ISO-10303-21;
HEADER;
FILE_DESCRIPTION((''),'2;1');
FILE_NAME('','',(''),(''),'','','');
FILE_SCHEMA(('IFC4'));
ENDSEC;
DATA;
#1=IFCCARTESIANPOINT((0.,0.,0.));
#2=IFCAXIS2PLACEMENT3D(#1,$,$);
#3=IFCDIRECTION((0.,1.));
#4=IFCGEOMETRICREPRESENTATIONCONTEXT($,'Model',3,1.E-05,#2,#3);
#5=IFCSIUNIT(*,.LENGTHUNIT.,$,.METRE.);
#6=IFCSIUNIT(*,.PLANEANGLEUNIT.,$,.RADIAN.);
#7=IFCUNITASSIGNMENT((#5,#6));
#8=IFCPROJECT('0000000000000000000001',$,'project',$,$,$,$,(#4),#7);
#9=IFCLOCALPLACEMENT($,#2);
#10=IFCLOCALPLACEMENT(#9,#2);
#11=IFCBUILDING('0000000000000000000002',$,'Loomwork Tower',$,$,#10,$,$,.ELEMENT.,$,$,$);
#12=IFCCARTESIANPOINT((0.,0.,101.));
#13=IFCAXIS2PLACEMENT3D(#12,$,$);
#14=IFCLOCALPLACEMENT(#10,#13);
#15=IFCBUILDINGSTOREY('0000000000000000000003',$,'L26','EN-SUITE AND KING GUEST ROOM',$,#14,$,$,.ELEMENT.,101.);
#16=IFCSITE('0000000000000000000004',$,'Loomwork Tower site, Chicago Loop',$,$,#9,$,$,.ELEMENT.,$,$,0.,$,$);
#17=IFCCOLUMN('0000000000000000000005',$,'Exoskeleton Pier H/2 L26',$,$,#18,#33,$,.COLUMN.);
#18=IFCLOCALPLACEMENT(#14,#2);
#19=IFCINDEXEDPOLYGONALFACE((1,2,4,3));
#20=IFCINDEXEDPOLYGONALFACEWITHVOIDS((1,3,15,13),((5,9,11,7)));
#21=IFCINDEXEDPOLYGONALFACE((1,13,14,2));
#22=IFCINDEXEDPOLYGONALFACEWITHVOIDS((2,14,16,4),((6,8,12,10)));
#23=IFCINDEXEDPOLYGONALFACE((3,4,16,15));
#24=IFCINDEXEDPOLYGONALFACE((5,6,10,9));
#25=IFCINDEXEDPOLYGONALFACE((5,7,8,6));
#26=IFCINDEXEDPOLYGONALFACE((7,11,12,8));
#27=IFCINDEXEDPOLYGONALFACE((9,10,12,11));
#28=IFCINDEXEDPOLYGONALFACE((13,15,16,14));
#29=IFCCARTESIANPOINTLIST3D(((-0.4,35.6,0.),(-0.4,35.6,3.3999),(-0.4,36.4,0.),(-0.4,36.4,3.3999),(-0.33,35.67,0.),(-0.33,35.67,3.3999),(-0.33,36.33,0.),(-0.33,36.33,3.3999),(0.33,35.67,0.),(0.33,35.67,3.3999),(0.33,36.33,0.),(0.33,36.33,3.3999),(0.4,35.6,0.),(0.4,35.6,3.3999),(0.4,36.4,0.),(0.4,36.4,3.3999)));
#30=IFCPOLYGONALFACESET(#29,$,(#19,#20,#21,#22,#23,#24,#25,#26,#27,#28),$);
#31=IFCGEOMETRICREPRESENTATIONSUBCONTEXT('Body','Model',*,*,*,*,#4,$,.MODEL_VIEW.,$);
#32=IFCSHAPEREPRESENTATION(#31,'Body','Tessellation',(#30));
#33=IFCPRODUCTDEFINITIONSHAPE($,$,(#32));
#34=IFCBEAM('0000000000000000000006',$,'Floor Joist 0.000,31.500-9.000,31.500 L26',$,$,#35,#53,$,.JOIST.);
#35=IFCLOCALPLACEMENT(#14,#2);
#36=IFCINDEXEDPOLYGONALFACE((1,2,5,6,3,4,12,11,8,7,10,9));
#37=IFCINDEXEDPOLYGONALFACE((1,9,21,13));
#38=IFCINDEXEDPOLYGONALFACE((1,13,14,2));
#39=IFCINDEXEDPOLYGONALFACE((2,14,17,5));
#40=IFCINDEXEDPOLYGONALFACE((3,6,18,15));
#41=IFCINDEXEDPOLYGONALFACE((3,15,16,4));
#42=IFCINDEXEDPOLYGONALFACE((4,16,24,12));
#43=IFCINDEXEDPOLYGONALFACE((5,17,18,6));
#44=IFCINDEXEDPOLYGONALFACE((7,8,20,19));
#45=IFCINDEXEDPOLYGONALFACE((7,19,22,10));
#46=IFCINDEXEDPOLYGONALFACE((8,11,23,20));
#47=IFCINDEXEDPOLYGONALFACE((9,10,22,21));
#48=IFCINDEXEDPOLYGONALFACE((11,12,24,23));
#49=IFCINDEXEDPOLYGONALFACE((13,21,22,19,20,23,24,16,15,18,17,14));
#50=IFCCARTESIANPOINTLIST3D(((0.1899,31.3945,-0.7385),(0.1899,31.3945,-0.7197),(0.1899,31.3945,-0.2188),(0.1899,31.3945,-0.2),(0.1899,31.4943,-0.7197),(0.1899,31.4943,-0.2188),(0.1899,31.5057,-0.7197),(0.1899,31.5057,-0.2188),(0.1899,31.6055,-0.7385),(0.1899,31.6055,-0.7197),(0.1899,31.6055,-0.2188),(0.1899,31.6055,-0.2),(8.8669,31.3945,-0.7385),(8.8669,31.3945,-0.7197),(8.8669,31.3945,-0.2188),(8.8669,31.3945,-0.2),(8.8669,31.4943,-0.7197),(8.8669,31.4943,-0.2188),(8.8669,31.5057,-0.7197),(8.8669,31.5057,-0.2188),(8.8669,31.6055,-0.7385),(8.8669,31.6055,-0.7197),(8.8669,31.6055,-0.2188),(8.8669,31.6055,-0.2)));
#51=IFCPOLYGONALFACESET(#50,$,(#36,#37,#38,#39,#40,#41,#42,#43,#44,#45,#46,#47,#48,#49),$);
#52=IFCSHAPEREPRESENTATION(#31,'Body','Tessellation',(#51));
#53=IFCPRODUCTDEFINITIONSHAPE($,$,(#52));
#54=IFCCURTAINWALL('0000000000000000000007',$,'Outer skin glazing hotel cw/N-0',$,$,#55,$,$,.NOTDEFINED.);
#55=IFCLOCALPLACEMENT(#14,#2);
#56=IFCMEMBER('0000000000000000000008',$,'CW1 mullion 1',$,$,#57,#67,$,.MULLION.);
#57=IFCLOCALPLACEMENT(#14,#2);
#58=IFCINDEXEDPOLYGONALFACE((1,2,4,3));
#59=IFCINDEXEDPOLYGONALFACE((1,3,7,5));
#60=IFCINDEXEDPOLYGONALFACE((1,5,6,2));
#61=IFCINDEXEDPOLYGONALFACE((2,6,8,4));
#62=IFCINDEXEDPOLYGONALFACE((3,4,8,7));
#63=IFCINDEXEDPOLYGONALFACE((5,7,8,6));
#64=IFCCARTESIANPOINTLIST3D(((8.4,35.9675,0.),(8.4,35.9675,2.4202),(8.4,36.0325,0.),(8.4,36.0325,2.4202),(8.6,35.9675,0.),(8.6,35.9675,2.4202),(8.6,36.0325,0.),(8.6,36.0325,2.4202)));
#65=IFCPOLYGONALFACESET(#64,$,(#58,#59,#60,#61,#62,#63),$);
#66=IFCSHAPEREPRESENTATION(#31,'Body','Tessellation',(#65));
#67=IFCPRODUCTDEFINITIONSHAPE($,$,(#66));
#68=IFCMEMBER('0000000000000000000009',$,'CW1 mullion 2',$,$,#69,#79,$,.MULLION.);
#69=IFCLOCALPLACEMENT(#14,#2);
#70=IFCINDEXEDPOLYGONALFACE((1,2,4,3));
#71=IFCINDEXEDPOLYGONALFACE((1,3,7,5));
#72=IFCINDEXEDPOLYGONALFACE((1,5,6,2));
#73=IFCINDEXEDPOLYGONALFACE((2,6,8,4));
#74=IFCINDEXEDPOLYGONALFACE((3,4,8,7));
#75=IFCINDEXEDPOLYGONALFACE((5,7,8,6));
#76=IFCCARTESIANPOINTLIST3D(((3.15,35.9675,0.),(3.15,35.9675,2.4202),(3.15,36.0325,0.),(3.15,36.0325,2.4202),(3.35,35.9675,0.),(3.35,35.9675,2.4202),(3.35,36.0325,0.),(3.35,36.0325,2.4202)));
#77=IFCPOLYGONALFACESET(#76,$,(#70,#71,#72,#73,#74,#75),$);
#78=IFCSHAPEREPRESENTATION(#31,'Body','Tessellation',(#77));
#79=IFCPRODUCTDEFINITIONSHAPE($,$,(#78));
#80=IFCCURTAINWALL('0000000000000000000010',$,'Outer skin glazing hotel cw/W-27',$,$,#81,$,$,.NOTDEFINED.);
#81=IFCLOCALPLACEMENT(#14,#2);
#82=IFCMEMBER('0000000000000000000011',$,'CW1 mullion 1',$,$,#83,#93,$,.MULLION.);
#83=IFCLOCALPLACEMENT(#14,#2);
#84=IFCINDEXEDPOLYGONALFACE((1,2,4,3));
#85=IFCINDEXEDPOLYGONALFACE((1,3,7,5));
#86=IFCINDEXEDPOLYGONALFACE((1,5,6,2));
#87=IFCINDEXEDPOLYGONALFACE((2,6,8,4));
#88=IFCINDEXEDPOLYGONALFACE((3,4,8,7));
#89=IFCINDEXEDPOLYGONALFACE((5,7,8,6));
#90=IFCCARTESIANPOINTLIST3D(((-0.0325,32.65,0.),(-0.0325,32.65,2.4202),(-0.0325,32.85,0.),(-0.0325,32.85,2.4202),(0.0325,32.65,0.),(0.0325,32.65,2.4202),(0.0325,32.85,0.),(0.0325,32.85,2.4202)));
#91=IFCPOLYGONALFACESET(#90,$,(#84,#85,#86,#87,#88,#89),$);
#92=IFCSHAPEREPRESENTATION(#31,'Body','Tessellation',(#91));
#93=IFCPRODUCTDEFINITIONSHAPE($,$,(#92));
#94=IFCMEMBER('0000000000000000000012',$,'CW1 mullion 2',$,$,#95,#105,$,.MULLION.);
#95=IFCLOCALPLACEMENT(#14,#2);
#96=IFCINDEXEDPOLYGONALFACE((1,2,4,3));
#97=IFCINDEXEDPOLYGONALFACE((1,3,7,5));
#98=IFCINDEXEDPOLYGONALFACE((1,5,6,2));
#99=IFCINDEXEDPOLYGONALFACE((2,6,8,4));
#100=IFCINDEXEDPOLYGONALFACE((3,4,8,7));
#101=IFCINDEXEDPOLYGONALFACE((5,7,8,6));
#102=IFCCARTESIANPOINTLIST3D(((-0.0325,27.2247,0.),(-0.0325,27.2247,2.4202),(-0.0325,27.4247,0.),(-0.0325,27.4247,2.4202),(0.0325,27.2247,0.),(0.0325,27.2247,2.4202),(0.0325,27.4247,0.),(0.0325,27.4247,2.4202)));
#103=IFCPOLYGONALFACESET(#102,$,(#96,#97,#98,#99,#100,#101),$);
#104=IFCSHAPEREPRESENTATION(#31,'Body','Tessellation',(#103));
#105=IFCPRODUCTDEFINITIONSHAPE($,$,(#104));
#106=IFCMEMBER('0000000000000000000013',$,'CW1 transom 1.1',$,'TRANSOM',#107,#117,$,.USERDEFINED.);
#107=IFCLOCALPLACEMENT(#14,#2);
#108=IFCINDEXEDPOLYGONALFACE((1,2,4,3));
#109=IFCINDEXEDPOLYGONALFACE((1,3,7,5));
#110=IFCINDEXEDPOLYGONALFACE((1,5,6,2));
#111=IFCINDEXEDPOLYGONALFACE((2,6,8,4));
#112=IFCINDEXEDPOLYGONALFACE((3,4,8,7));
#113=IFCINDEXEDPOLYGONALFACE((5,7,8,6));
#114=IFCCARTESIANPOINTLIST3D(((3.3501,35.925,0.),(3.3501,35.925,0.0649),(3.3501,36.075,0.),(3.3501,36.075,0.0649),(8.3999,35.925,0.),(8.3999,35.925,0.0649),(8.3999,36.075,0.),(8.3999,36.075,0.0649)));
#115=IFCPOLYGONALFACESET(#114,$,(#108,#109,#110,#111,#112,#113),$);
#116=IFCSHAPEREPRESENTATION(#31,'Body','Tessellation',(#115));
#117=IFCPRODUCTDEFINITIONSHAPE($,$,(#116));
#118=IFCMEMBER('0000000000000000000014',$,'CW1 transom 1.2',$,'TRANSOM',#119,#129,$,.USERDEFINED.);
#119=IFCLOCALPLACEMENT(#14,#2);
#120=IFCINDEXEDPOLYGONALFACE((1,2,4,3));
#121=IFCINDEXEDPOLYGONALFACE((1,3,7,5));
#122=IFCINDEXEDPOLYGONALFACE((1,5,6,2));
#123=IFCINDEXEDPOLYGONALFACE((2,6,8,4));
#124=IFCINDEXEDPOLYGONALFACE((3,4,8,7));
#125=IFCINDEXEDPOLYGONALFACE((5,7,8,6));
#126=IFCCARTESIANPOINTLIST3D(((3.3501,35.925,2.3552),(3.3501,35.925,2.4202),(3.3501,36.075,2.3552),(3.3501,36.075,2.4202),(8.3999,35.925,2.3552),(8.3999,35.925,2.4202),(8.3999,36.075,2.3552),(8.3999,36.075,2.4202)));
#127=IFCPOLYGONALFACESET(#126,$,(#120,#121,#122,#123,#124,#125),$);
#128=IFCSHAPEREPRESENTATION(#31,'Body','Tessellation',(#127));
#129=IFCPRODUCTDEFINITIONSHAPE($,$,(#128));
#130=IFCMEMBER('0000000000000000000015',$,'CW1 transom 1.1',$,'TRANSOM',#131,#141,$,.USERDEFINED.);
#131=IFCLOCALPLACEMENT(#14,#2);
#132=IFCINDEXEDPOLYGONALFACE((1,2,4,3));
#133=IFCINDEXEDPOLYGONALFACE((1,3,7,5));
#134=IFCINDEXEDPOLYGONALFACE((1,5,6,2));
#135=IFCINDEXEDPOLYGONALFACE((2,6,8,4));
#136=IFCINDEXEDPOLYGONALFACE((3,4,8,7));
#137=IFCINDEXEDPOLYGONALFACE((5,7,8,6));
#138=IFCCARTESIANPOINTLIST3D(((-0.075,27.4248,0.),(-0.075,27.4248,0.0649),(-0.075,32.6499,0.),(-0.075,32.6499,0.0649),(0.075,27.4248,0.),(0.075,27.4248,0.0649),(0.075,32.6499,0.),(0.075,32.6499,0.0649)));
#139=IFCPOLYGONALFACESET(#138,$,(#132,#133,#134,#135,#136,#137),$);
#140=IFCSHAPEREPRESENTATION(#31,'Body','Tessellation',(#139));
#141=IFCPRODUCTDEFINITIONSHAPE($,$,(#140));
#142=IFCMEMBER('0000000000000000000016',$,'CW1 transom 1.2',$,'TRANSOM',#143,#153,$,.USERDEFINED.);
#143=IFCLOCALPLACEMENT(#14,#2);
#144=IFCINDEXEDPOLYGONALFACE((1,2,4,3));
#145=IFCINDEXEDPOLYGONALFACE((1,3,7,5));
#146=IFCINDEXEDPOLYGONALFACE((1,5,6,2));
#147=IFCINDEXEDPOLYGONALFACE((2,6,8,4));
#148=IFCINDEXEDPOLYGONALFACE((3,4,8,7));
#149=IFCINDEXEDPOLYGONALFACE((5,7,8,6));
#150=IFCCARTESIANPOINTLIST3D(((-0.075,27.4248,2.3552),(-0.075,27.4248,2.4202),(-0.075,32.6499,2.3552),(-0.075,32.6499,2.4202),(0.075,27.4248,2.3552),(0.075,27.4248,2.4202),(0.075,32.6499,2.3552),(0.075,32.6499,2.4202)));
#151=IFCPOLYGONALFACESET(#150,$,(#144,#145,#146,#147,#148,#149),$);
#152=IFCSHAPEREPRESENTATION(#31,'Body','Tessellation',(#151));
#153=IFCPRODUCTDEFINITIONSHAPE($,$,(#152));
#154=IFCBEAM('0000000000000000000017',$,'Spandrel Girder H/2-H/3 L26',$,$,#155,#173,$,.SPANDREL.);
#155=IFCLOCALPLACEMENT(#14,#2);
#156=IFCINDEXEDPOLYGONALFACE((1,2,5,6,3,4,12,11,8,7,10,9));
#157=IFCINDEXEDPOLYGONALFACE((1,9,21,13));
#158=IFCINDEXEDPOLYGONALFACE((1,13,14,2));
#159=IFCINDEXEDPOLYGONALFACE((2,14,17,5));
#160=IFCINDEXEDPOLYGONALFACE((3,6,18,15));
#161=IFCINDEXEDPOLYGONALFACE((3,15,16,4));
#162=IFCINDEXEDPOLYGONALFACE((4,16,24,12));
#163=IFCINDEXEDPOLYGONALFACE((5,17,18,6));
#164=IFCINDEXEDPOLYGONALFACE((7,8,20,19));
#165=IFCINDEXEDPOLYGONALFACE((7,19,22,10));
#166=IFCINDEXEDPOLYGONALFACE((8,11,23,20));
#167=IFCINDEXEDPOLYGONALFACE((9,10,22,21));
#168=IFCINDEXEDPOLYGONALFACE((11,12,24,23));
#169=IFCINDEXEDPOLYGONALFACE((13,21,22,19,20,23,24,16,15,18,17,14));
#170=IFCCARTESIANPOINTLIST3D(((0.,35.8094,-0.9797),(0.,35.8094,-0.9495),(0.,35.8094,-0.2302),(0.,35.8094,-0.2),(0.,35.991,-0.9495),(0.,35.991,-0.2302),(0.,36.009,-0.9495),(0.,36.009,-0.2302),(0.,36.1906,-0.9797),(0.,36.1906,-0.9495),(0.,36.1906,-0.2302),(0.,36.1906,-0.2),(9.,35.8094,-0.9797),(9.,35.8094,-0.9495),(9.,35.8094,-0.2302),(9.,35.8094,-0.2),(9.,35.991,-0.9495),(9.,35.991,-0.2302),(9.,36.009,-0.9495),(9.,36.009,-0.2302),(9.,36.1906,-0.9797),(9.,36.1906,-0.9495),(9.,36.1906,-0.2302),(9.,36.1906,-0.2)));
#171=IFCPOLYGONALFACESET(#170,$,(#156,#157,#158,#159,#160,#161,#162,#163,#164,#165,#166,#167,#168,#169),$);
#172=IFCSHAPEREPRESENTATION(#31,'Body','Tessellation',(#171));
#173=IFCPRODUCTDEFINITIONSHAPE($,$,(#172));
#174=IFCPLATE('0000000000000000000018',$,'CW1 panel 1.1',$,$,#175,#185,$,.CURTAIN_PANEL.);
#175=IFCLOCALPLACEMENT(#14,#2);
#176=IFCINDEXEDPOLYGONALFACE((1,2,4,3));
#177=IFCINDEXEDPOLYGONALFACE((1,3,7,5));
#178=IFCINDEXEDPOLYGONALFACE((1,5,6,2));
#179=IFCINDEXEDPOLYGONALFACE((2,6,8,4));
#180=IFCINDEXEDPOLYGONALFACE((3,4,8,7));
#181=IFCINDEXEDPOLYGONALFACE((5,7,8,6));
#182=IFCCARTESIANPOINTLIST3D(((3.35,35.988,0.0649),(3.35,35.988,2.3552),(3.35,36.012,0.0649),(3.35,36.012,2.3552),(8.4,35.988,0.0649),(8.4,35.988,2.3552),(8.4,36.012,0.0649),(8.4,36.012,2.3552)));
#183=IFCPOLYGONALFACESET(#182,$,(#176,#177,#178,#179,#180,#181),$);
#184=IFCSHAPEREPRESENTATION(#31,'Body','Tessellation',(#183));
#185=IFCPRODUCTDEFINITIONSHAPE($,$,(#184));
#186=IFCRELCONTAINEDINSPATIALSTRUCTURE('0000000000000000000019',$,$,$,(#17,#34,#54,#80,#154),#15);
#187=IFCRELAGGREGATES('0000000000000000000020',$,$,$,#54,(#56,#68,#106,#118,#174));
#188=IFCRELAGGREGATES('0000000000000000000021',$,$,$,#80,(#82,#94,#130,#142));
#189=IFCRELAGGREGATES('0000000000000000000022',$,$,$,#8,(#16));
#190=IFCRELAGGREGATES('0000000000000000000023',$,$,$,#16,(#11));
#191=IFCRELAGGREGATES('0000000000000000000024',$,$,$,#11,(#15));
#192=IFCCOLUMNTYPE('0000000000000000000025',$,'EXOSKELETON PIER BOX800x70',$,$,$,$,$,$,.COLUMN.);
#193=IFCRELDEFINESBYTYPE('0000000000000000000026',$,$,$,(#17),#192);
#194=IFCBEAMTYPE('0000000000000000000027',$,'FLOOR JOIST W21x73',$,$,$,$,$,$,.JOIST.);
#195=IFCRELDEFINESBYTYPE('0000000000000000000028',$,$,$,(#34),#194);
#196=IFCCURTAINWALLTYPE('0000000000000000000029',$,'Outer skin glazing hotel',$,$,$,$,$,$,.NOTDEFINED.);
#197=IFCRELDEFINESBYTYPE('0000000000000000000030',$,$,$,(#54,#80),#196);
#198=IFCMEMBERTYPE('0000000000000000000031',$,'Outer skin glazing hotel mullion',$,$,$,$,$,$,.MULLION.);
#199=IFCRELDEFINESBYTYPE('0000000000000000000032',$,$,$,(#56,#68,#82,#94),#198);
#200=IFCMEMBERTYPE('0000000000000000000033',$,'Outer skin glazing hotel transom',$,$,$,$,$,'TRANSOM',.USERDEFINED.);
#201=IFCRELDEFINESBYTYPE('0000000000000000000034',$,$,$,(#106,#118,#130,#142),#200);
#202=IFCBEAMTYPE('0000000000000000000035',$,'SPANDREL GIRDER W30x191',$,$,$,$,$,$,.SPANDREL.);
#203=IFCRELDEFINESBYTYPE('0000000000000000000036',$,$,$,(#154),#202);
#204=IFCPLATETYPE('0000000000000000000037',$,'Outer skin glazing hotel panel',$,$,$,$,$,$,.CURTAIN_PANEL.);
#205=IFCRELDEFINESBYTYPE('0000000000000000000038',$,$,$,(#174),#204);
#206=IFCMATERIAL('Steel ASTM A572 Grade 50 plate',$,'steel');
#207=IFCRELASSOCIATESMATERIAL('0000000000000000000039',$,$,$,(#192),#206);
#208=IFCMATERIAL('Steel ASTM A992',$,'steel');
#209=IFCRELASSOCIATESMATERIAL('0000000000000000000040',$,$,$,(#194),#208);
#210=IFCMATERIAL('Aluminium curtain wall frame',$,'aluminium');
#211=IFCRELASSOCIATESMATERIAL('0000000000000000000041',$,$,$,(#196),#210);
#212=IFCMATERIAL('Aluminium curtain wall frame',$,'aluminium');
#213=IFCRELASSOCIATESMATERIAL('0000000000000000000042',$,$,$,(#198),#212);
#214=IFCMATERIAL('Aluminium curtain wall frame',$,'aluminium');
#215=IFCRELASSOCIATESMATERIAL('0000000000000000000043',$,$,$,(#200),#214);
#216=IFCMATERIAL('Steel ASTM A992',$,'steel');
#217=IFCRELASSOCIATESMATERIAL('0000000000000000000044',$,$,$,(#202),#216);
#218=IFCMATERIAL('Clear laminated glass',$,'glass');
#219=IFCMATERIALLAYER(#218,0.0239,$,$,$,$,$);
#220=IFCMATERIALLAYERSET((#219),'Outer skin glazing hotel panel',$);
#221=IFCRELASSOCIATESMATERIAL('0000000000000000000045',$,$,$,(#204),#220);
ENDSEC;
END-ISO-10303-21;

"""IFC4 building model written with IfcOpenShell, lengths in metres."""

from ifc_helpers import new_model, si_unit, direction, frame, origin, origin_2d, place, context, subcontext, project, spatial, rectangle, hollow_rectangle, i_section, extrude, material, layer, layer_set, material_profile, profile_set, type_object, element, aggregate, save


model = new_model("IFC4")

# Units and contexts
model_context = context("Model", 3, precision=1e-05, world=origin(), true_north=direction((0.0, 1.0)))
body_context = subcontext(model_context, "Body", "Model", "MODEL_VIEW")
ifc_project = project(units=[si_unit("LENGTHUNIT", "METRE"), si_unit("PLANEANGLEUNIT", "RADIAN")], contexts=[model_context])

# Site, building, storey
site_placement = place(None, origin())
site = spatial("IfcSite", under=ifc_project, at=site_placement, Name="Loomwork Tower site, Chicago Loop", CompositionType="ELEMENT", RefElevation=0.0)
building_placement = place(site_placement, origin())
building = spatial("IfcBuilding", under=site, at=building_placement, Name="Loomwork Tower", CompositionType="ELEMENT")
storey_placement = place(building_placement, frame((0.0, 0.0, 101.0)))
storey = spatial("IfcBuildingStorey", under=building, at=storey_placement, Name="L26", Description="EN-SUITE AND KING GUEST ROOM", CompositionType="ELEMENT", Elevation=101.0)

# Column
ifc_material_1 = material(Name="Steel ASTM A572 Grade 50 plate", Category="steel")
ifc_material_profile_1 = material_profile(ifc_material_1, hollow_rectangle(XDim=0.8, YDim=0.8, WallThickness=0.0701, at=origin_2d()), Name="BOX800x70")
ifc_profile_set_1 = profile_set([ifc_material_profile_1], Name="Steel ASTM A572 Grade 50 plate")
column_type = type_object("IfcColumnType", Name="EXOSKELETON PIER BOX800x70", PredefinedType="COLUMN", material=ifc_profile_set_1)
column_placement = place(storey_placement, frame((0.0, 36.0, 0.0), z_axis=(0.0, 0.0, 1.0), x_axis=(1.0, 0.0, 0.0)))
element("IfcColumn", 1, at=column_placement, inside=storey, type_object=column_type, Name="Exoskeleton Pier H/2 L26", PredefinedType="COLUMN", context=body_context, shape_type="SweptSolid", body=[
    extrude(hollow_rectangle(XDim=0.8, YDim=0.8, WallThickness=0.0701, at=origin_2d()), origin(), (0.0, 0.0, 1.0), 3.3999),
])

# Beam
ifc_material_2 = material(Name="Steel ASTM A992", Category="steel")
ifc_material_profile_2 = material_profile(ifc_material_2, i_section(OverallWidth=0.2109, OverallDepth=0.5386, WebThickness=0.0115, FlangeThickness=0.0188, at=origin_2d()), Name="W21x73")
ifc_profile_set_2 = profile_set([ifc_material_profile_2], Name="Steel ASTM A992")
beam_type_1 = type_object("IfcBeamType", Name="FLOOR JOIST W21x73", PredefinedType="JOIST", material=ifc_profile_set_2)
beam_1_placement = place(storey_placement, frame((0.1899, 31.5, -0.4692), z_axis=(1.0, 0.0, 0.0), x_axis=(0.0, 1.0, 0.0)))
element("IfcBeam", 2, at=beam_1_placement, inside=storey, type_object=beam_type_1, Name="Floor Joist 0.000,31.500-9.000,31.500 L26", PredefinedType="JOIST", context=body_context, shape_type="SweptSolid", body=[
    extrude(i_section(OverallWidth=0.2109, OverallDepth=0.5386, WebThickness=0.0115, FlangeThickness=0.0188, at=origin_2d()), origin(), (0.0, 0.0, 1.0), 8.677),
])

# Curtain walls, members
ifc_material_3 = material(Name="Aluminium curtain wall frame", Category="aluminium")
curtain_wall_type = type_object("IfcCurtainWallType", Name="Outer skin glazing hotel", PredefinedType="NOTDEFINED", material=ifc_material_3)
curtain_wall_1_placement = place(storey_placement, origin())
curtain_wall_1 = element("IfcCurtainWall", 3, at=curtain_wall_1_placement, inside=storey, type_object=curtain_wall_type, Name="Outer skin glazing hotel cw/N-0", PredefinedType="NOTDEFINED")
ifc_material_4 = material(Name="Aluminium curtain wall frame", Category="aluminium")
ifc_material_profile_3 = material_profile(ifc_material_4, rectangle(XDim=0.0649, YDim=0.2, at=origin_2d()), Name="AL 65x200")
ifc_profile_set_3 = profile_set([ifc_material_profile_3], Name="Aluminium curtain wall frame")
member_type_1 = type_object("IfcMemberType", Name="Outer skin glazing hotel mullion", PredefinedType="MULLION", material=ifc_profile_set_3)
member_1_placement = place(storey_placement, frame((8.5, 36.0, 0.0), z_axis=(0.0, 0.0, 1.0), x_axis=(0.0, -1.0, 0.0)))
member_1 = element("IfcMember", 4, at=member_1_placement, type_object=member_type_1, Name="CW1 mullion 1", PredefinedType="MULLION", context=body_context, shape_type="SweptSolid", body=[
    extrude(rectangle(XDim=0.0649, YDim=0.2, at=origin_2d()), origin(), (0.0, 0.0, 1.0), 2.4202),
])
member_2_placement = place(storey_placement, frame((3.25, 36.0, 0.0), z_axis=(0.0, 0.0, 1.0), x_axis=(0.0, -1.0, 0.0)))
member_2 = element("IfcMember", 5, at=member_2_placement, type_object=member_type_1, Name="CW1 mullion 2", PredefinedType="MULLION", context=body_context, shape_type="SweptSolid", body=[
    extrude(rectangle(XDim=0.0649, YDim=0.2, at=origin_2d()), origin(), (0.0, 0.0, 1.0), 2.4202),
])
curtain_wall_2_placement = place(storey_placement, origin())
curtain_wall_2 = element("IfcCurtainWall", 6, at=curtain_wall_2_placement, inside=storey, type_object=curtain_wall_type, Name="Outer skin glazing hotel cw/W-27", PredefinedType="NOTDEFINED")
member_3_placement = place(storey_placement, frame((0.0, 32.75, 0.0), z_axis=(0.0, 0.0, 1.0), x_axis=(1.0, 0.0, 0.0)))
member_3 = element("IfcMember", 7, at=member_3_placement, type_object=member_type_1, Name="CW1 mullion 1", PredefinedType="MULLION", context=body_context, shape_type="SweptSolid", body=[
    extrude(rectangle(XDim=0.0649, YDim=0.2, at=origin_2d()), origin(), (0.0, 0.0, 1.0), 2.4202),
])
member_4_placement = place(storey_placement, frame((0.0, 27.3247, 0.0), z_axis=(0.0, 0.0, 1.0), x_axis=(1.0, 0.0, 0.0)))
member_4 = element("IfcMember", 8, at=member_4_placement, type_object=member_type_1, Name="CW1 mullion 2", PredefinedType="MULLION", context=body_context, shape_type="SweptSolid", body=[
    extrude(rectangle(XDim=0.0649, YDim=0.2, at=origin_2d()), origin(), (0.0, 0.0, 1.0), 2.4202),
])

# Members
ifc_material_5 = material(Name="Aluminium curtain wall frame", Category="aluminium")
ifc_material_profile_4 = material_profile(ifc_material_5, rectangle(XDim=0.1499, YDim=0.0649, at=origin_2d()), Name="AL 65x150")
ifc_profile_set_4 = profile_set([ifc_material_profile_4], Name="Aluminium curtain wall frame")
member_type_2 = type_object("IfcMemberType", Name="Outer skin glazing hotel transom", ElementType="TRANSOM", PredefinedType="USERDEFINED", material=ifc_profile_set_4)
member_5_placement = place(storey_placement, frame((8.3999, 36.0, 0.0325), z_axis=(-1.0, 0.0, 0.0), x_axis=(0.0, -1.0, 0.0)))
member_5 = element("IfcMember", 9, at=member_5_placement, type_object=member_type_2, Name="CW1 transom 1.1", ObjectType="TRANSOM", PredefinedType="USERDEFINED", context=body_context, shape_type="SweptSolid", body=[
    extrude(rectangle(XDim=0.1499, YDim=0.0649, at=origin_2d()), origin(), (0.0, 0.0, 1.0), 5.0498),
])
member_6_placement = place(storey_placement, frame((8.3999, 36.0, 2.3877), z_axis=(-1.0, 0.0, 0.0), x_axis=(0.0, -1.0, 0.0)))
member_6 = element("IfcMember", 10, at=member_6_placement, type_object=member_type_2, Name="CW1 transom 1.2", ObjectType="TRANSOM", PredefinedType="USERDEFINED", context=body_context, shape_type="SweptSolid", body=[
    extrude(rectangle(XDim=0.1499, YDim=0.0649, at=origin_2d()), origin(), (0.0, 0.0, 1.0), 5.0498),
])
member_7_placement = place(storey_placement, frame((0.0, 32.6499, 0.0325), z_axis=(0.0, -1.0, 0.0), x_axis=(1.0, 0.0, 0.0)))
member_7 = element("IfcMember", 11, at=member_7_placement, type_object=member_type_2, Name="CW1 transom 1.1", ObjectType="TRANSOM", PredefinedType="USERDEFINED", context=body_context, shape_type="SweptSolid", body=[
    extrude(rectangle(XDim=0.1499, YDim=0.0649, at=origin_2d()), origin(), (0.0, 0.0, 1.0), 5.2251),
])
member_8_placement = place(storey_placement, frame((0.0, 32.6499, 2.3877), z_axis=(0.0, -1.0, 0.0), x_axis=(1.0, 0.0, 0.0)))
member_8 = element("IfcMember", 12, at=member_8_placement, type_object=member_type_2, Name="CW1 transom 1.2", ObjectType="TRANSOM", PredefinedType="USERDEFINED", context=body_context, shape_type="SweptSolid", body=[
    extrude(rectangle(XDim=0.1499, YDim=0.0649, at=origin_2d()), origin(), (0.0, 0.0, 1.0), 5.2251),
])

# Beam
ifc_material_6 = material(Name="Steel ASTM A992", Category="steel")
ifc_material_profile_5 = material_profile(ifc_material_6, i_section(OverallWidth=0.3811, OverallDepth=0.7798, WebThickness=0.0181, FlangeThickness=0.0303, at=origin_2d()), Name="W30x191")
ifc_profile_set_5 = profile_set([ifc_material_profile_5], Name="Steel ASTM A992")
beam_type_2 = type_object("IfcBeamType", Name="SPANDREL GIRDER W30x191", PredefinedType="SPANDREL", material=ifc_profile_set_5)
beam_2_placement = place(storey_placement, frame((0.0, 36.0, -0.5898), z_axis=(1.0, 0.0, 0.0), x_axis=(0.0, 1.0, 0.0)))
element("IfcBeam", 13, at=beam_2_placement, inside=storey, type_object=beam_type_2, Name="Spandrel Girder H/2-H/3 L26", PredefinedType="SPANDREL", context=body_context, shape_type="SweptSolid", body=[
    extrude(i_section(OverallWidth=0.3811, OverallDepth=0.7798, WebThickness=0.0181, FlangeThickness=0.0303, at=origin_2d()), origin(), (0.0, 0.0, 1.0), 9.0),
])

# Plate
ifc_material_7 = material(Name="Clear laminated glass", Category="glass")
ifc_layer_1 = layer(ifc_material_7, 0.0239)
ifc_layer_set_1 = layer_set([ifc_layer_1], Name="Outer skin glazing hotel panel")
plate_type = type_object("IfcPlateType", Name="Outer skin glazing hotel panel", PredefinedType="CURTAIN_PANEL", material=ifc_layer_set_1)
plate_1_placement = place(storey_placement, frame((5.875, 36.0, 0.0649), z_axis=(0.0, 0.0, 1.0), x_axis=(-1.0, 0.0, 0.0)))
plate_1 = element("IfcPlate", 14, at=plate_1_placement, type_object=plate_type, Name="CW1 panel 1.1", PredefinedType="CURTAIN_PANEL", context=body_context, shape_type="SweptSolid", body=[
    extrude(rectangle(XDim=5.05, YDim=0.0239, at=origin_2d()), origin(), (0.0, 0.0, 1.0), 2.2903),
])
aggregate(curtain_wall_1, [member_1, member_2, member_5, member_6, plate_1])
aggregate(curtain_wall_2, [member_3, member_4, member_7, member_8])

save(model, "model.ifc")
